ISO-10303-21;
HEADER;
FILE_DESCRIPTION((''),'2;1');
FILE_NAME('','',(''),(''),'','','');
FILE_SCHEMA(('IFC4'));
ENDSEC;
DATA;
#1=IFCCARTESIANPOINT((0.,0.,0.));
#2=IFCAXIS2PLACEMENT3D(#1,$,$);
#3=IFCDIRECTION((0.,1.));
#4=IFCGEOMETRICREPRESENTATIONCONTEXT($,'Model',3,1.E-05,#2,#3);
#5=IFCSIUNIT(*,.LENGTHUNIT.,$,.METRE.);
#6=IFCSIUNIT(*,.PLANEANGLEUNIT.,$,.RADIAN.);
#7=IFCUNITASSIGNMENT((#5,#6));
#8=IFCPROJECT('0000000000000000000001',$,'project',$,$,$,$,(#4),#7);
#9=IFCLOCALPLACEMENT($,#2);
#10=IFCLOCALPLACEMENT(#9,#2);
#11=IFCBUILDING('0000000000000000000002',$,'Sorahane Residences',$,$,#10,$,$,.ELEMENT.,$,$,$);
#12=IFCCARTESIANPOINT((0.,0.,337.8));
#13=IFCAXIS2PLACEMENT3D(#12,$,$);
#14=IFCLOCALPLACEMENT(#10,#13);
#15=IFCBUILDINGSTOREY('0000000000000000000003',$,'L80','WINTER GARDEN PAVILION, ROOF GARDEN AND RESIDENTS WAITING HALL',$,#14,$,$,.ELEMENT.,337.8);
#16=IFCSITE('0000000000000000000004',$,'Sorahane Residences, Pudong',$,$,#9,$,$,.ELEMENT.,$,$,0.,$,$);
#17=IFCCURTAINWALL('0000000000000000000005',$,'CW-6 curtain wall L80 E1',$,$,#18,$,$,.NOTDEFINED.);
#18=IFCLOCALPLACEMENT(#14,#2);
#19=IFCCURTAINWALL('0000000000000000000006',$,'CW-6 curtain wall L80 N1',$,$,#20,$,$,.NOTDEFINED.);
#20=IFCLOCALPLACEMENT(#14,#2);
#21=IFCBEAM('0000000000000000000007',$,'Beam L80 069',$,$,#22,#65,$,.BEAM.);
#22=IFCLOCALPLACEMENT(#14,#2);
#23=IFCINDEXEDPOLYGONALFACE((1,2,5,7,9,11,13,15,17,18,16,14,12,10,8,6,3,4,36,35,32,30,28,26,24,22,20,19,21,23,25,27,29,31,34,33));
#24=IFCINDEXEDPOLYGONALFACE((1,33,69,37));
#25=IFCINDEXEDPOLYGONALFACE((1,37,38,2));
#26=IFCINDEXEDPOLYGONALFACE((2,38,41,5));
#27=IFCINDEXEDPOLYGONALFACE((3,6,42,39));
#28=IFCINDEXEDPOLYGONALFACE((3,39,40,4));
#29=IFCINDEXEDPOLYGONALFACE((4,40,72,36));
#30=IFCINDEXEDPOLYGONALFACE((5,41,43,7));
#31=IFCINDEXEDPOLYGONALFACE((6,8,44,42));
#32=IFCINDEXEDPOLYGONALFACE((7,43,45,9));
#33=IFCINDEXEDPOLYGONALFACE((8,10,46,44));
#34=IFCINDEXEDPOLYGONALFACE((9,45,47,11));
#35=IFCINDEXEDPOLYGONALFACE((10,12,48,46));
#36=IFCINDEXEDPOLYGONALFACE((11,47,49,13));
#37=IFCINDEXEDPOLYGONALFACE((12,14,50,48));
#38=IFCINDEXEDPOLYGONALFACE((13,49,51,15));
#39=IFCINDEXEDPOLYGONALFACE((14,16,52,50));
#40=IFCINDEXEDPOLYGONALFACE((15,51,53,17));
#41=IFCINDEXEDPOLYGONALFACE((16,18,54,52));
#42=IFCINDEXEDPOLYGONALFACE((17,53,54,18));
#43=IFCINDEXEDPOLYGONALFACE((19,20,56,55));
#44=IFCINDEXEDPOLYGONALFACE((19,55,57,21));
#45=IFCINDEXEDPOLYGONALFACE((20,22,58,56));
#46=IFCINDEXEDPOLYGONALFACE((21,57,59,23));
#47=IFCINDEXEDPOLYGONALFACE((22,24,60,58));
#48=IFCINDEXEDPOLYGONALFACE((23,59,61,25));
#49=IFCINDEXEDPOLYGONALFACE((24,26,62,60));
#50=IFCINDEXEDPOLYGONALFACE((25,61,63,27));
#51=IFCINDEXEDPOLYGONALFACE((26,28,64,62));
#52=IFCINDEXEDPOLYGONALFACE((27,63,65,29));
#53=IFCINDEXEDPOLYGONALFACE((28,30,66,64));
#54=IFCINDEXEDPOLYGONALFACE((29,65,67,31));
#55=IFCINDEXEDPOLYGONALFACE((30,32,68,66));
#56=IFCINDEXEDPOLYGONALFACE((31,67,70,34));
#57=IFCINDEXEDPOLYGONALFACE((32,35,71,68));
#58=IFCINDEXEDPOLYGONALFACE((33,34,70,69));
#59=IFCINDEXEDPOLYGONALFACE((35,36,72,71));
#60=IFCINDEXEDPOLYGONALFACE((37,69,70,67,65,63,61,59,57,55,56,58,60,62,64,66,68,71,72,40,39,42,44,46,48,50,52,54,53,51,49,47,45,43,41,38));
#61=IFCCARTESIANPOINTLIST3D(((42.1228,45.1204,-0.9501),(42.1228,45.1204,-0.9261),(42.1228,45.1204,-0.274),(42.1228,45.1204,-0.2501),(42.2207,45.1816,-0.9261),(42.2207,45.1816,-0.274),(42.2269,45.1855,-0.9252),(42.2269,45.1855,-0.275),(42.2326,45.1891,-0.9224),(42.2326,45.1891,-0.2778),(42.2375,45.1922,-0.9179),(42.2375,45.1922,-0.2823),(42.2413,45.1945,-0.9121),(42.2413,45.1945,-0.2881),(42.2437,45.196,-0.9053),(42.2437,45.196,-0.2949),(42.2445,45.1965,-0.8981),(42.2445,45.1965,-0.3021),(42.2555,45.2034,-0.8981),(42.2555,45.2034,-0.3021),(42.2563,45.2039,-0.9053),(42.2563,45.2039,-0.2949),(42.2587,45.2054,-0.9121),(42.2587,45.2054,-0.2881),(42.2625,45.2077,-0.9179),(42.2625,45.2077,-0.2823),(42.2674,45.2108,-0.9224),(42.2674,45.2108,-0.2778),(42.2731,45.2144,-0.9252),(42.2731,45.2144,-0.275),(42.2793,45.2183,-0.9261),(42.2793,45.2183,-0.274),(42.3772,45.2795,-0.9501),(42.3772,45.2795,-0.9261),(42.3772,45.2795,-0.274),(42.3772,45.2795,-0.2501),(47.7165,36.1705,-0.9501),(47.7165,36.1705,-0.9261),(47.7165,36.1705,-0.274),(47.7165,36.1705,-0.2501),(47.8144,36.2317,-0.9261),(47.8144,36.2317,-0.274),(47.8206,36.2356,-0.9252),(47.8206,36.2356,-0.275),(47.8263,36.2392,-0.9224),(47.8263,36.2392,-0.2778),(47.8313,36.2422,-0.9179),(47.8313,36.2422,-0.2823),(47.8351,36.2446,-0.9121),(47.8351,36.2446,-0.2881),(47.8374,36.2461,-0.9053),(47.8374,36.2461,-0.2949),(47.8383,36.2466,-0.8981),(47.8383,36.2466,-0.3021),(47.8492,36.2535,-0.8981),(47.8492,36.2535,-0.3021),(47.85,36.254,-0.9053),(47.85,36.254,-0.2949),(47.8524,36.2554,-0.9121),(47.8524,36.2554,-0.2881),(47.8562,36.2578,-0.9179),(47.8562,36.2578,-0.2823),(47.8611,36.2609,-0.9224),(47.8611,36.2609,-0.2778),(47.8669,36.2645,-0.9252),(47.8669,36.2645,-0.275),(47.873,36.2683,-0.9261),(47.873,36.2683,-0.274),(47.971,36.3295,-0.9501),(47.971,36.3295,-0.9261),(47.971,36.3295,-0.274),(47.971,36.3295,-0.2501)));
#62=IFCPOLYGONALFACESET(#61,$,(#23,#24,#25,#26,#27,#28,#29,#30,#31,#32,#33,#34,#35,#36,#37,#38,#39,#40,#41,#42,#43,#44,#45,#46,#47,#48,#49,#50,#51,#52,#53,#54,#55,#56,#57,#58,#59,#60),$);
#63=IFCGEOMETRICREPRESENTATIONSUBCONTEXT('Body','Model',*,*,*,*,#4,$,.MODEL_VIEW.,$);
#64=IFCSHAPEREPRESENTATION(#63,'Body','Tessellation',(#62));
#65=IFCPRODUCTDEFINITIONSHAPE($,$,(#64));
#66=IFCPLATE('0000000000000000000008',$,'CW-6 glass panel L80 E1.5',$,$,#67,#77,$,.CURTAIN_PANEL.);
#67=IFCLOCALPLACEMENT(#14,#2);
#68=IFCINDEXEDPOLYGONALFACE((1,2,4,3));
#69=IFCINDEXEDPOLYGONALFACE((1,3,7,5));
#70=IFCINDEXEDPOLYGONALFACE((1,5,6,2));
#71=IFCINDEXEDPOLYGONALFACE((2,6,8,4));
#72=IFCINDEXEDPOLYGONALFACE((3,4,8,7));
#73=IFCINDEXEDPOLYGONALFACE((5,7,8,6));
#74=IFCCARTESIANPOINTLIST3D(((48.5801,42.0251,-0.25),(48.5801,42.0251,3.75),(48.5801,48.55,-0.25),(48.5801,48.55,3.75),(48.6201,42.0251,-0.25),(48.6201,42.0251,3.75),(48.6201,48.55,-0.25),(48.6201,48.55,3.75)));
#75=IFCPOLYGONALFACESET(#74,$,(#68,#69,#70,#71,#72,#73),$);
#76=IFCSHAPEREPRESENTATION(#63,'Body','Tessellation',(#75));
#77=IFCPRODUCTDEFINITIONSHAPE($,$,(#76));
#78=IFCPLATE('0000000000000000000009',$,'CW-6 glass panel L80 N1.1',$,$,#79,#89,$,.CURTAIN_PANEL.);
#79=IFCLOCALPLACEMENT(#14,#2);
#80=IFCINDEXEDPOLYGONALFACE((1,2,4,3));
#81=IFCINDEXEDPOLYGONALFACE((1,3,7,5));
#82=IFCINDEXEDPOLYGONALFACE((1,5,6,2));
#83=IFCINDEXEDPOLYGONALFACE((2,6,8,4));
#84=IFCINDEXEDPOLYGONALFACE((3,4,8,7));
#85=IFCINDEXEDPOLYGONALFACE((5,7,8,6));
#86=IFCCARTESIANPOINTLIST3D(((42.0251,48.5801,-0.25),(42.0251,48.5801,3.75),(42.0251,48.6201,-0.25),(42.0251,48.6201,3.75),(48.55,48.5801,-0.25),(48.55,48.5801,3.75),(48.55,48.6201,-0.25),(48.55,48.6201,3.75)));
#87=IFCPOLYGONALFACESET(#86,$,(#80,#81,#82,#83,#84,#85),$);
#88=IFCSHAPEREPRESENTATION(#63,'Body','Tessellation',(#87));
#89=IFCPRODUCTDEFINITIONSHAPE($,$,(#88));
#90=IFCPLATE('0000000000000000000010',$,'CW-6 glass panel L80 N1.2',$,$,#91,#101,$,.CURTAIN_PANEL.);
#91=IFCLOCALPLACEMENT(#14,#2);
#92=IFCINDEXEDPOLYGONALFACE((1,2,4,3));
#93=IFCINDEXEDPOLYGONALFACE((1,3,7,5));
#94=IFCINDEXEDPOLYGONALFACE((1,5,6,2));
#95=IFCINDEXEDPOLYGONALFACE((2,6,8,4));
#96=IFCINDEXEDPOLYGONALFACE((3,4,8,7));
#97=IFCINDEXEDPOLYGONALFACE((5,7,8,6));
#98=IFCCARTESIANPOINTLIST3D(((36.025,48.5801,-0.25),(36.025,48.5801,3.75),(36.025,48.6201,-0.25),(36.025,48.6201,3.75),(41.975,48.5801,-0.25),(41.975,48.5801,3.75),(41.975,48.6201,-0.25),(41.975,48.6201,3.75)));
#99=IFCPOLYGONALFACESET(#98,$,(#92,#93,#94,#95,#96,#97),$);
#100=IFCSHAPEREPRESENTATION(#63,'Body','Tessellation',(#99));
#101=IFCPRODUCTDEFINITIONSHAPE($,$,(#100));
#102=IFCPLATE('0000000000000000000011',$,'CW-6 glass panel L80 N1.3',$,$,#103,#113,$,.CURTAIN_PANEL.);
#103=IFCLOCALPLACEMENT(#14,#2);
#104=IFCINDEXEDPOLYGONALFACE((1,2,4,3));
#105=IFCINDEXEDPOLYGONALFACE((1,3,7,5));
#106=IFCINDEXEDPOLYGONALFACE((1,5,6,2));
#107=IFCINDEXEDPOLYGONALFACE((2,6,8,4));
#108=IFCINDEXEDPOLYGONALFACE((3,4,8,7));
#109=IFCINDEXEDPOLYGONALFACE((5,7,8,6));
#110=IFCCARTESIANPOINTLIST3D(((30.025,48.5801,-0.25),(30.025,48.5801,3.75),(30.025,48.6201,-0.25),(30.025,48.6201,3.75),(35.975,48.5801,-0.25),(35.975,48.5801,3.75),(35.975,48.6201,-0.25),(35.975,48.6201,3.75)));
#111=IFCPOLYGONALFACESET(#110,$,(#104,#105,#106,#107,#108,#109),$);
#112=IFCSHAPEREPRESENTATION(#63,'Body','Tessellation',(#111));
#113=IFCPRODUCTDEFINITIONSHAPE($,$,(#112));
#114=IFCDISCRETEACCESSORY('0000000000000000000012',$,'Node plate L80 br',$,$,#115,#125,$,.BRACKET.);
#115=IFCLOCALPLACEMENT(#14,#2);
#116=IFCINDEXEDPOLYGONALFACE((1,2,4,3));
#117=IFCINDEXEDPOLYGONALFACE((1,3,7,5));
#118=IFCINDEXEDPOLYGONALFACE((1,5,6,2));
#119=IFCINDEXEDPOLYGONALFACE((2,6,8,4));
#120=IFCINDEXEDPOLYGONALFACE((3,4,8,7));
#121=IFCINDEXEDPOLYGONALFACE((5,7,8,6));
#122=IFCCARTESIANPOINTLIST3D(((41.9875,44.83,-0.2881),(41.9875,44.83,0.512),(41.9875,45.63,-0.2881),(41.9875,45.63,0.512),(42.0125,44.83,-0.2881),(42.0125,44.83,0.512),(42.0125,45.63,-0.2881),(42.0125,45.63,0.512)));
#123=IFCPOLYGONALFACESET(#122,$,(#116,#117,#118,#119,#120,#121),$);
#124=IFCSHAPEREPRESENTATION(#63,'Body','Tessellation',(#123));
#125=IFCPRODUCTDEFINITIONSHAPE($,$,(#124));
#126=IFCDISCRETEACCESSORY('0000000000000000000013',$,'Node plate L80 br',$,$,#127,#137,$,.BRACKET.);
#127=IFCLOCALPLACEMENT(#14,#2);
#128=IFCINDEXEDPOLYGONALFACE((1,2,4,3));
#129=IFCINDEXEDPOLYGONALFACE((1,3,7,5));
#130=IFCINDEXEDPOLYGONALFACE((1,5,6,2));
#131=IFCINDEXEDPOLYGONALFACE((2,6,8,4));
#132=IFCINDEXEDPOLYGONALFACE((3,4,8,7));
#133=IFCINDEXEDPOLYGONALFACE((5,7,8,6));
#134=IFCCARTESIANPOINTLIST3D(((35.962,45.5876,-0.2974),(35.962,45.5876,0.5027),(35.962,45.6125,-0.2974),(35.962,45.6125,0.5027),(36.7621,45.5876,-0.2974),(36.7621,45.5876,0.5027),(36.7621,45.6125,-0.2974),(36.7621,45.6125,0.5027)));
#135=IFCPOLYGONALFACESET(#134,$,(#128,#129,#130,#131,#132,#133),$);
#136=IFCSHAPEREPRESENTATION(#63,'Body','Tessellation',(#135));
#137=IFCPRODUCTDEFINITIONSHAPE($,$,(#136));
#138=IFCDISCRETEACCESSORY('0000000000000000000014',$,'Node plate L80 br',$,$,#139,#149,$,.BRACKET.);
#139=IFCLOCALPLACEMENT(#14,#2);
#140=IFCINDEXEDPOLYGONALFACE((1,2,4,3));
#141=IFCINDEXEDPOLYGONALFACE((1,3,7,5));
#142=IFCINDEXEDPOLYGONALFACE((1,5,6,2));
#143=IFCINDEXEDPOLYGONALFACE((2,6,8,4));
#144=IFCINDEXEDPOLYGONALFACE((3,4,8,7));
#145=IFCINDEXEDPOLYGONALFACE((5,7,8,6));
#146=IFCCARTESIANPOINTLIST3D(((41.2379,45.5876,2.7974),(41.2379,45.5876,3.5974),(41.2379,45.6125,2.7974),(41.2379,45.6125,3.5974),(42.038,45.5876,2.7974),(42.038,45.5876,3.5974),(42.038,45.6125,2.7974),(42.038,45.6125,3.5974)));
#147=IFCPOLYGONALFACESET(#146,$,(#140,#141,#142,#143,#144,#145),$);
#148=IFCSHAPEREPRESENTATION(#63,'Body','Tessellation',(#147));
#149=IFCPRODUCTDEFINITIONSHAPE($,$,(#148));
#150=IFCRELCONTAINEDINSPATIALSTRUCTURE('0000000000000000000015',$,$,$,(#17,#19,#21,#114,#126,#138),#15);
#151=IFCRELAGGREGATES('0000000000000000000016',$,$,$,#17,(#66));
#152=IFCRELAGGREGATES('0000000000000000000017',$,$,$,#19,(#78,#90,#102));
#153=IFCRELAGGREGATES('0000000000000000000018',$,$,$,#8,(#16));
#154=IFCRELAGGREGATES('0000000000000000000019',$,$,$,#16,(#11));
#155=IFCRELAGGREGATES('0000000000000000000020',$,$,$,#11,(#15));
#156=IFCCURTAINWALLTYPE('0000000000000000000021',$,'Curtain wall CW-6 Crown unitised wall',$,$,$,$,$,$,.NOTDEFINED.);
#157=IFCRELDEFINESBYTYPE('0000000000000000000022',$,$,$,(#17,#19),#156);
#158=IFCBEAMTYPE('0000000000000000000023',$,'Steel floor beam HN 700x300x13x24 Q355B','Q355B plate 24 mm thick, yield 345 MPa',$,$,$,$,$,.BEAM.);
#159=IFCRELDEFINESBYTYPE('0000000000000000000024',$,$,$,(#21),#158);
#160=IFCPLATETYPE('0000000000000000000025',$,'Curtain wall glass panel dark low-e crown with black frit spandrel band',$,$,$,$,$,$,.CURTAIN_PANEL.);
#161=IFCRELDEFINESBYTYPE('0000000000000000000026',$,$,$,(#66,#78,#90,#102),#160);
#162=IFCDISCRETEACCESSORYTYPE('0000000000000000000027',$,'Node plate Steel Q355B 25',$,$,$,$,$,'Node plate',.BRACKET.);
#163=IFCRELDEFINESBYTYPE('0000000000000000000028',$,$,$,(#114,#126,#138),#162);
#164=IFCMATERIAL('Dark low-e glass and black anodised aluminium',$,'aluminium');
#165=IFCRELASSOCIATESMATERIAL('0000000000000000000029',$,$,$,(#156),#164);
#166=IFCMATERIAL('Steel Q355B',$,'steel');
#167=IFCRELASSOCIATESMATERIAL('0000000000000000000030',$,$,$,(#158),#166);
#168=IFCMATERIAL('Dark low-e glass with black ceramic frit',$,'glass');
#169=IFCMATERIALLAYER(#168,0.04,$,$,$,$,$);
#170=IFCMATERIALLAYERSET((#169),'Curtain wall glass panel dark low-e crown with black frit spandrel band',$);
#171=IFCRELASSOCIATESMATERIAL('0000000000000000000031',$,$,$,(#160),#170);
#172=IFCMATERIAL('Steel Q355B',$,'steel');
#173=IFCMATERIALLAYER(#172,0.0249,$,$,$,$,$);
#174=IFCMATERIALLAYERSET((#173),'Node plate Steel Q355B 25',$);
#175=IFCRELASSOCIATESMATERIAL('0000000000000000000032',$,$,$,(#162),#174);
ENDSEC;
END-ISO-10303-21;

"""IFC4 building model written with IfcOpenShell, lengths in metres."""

from ifc_helpers import new_model, si_unit, direction, frame, origin, origin_2d, place, context, subcontext, project, spatial, rectangle, i_section, extrude, material, layer, layer_set, material_profile, profile_set, type_object, element, aggregate, save


model = new_model("IFC4")

# Units and contexts
model_context = context("Model", 3, precision=1e-05, world=origin(), true_north=direction((0.0, 1.0)))
body_context = subcontext(model_context, "Body", "Model", "MODEL_VIEW")
ifc_project = project(units=[si_unit("LENGTHUNIT", "METRE"), si_unit("PLANEANGLEUNIT", "RADIAN")], contexts=[model_context])

# Site, building, storey
site_placement = place(None, origin())
site = spatial("IfcSite", under=ifc_project, at=site_placement, Name="Sorahane Residences, Pudong", CompositionType="ELEMENT", RefElevation=0.0)
building_placement = place(site_placement, origin())
building = spatial("IfcBuilding", under=site, at=building_placement, Name="Sorahane Residences", CompositionType="ELEMENT")
storey_placement = place(building_placement, frame((0.0, 0.0, 337.8)))
storey = spatial("IfcBuildingStorey", under=building, at=storey_placement, Name="L80", Description="WINTER GARDEN PAVILION, ROOF GARDEN AND RESIDENTS WAITING HALL", CompositionType="ELEMENT", Elevation=337.8)

# Curtain wall
ifc_material_1 = material(Name="Dark low-e glass and black anodised aluminium", Category="aluminium")
curtain_wall_type = type_object("IfcCurtainWallType", Name="Curtain wall CW-6 Crown unitised wall", PredefinedType="NOTDEFINED", material=ifc_material_1)
curtain_wall_1_placement = place(storey_placement, origin())
curtain_wall_1 = element("IfcCurtainWall", 1, at=curtain_wall_1_placement, inside=storey, type_object=curtain_wall_type, Name="CW-6 curtain wall L80 E1", PredefinedType="NOTDEFINED")

# Curtain wall
curtain_wall_2_placement = place(storey_placement, origin())
curtain_wall_2 = element("IfcCurtainWall", 2, at=curtain_wall_2_placement, inside=storey, type_object=curtain_wall_type, Name="CW-6 curtain wall L80 N1", PredefinedType="NOTDEFINED")

# Beam
ifc_material_2 = material(Name="Steel Q355B", Category="steel")
ifc_material_profile_1 = material_profile(ifc_material_2, i_section(OverallWidth=0.3, OverallDepth=0.7, WebThickness=0.0129, FlangeThickness=0.0239, FilletRadius=0.0281, at=origin_2d()), Name="HN 700x300x13x24")
ifc_profile_set_1 = profile_set([ifc_material_profile_1], Name="Steel Q355B")
beam_type_1 = type_object("IfcBeamType", Name="Steel floor beam HN 700x300x13x24 Q355B", Description="Q355B plate 24 mm thick, yield 345 MPa", PredefinedType="BEAM", material=ifc_profile_set_1)
beam_1_placement = place(storey_placement, frame((42.25, 45.2, -0.6001), z_axis=(0.530001, -0.847997, 0.0), x_axis=(0.847997, 0.530001, 0.0)))
element("IfcBeam", 3, at=beam_1_placement, inside=storey, type_object=beam_type_1, Name="Beam L80 069", PredefinedType="BEAM", context=body_context, shape_type="SweptSolid", body=[
    extrude(i_section(OverallWidth=0.3, OverallDepth=0.7, WebThickness=0.0129, FlangeThickness=0.0239, FilletRadius=0.0281, at=origin_2d()), origin(), (0.0, 0.0, 1.0), 10.5542),
])

# Plates
ifc_material_3 = material(Name="Dark low-e glass with black ceramic frit", Category="glass")
ifc_layer_1 = layer(ifc_material_3, 0.04)
ifc_layer_set_1 = layer_set([ifc_layer_1], Name="Curtain wall glass panel dark low-e crown with black frit spandrel band")
plate_type = type_object("IfcPlateType", Name="Curtain wall glass panel dark low-e crown with black frit spandrel band", PredefinedType="CURTAIN_PANEL", material=ifc_layer_set_1)
plate_1_placement = place(storey_placement, frame((48.6001, 45.2876, -0.25), z_axis=(0.0, 0.0, 1.0), x_axis=(0.0, 1.0, 0.0)))
plate_1 = element("IfcPlate", 4, at=plate_1_placement, type_object=plate_type, Name="CW-6 glass panel L80 E1.5", PredefinedType="CURTAIN_PANEL", context=body_context, shape_type="SweptSolid", body=[
    extrude(rectangle(XDim=6.5249, YDim=0.04, at=origin_2d()), origin(), (0.0, 0.0, 1.0), 4.0),
])
aggregate(curtain_wall_1, [plate_1])
plate_2_placement = place(storey_placement, frame((45.2876, 48.6001, -0.25), z_axis=(0.0, 0.0, 1.0), x_axis=(-1.0, 0.0, 0.0)))
plate_2 = element("IfcPlate", 5, at=plate_2_placement, type_object=plate_type, Name="CW-6 glass panel L80 N1.1", PredefinedType="CURTAIN_PANEL", context=body_context, shape_type="SweptSolid", body=[
    extrude(rectangle(XDim=6.5249, YDim=0.04, at=origin_2d()), origin(), (0.0, 0.0, 1.0), 4.0),
])
plate_3_placement = place(storey_placement, frame((39.0, 48.6001, -0.25), z_axis=(0.0, 0.0, 1.0), x_axis=(-1.0, 0.0, 0.0)))
plate_3 = element("IfcPlate", 6, at=plate_3_placement, type_object=plate_type, Name="CW-6 glass panel L80 N1.2", PredefinedType="CURTAIN_PANEL", context=body_context, shape_type="SweptSolid", body=[
    extrude(rectangle(XDim=5.95, YDim=0.04, at=origin_2d()), origin(), (0.0, 0.0, 1.0), 4.0),
])
plate_4_placement = place(storey_placement, frame((33.0, 48.6001, -0.25), z_axis=(0.0, 0.0, 1.0), x_axis=(-1.0, 0.0, 0.0)))
plate_4 = element("IfcPlate", 7, at=plate_4_placement, type_object=plate_type, Name="CW-6 glass panel L80 N1.3", PredefinedType="CURTAIN_PANEL", context=body_context, shape_type="SweptSolid", body=[
    extrude(rectangle(XDim=5.95, YDim=0.04, at=origin_2d()), origin(), (0.0, 0.0, 1.0), 4.0),
])
aggregate(curtain_wall_2, [plate_2, plate_3, plate_4])

# Discrete accessories
ifc_material_4 = material(Name="Steel Q355B", Category="steel")
ifc_layer_2 = layer(ifc_material_4, 0.0249)
ifc_layer_set_2 = layer_set([ifc_layer_2], Name="Node plate Steel Q355B 25")
discrete_accessory_type = type_object("IfcDiscreteAccessoryType", Name="Node plate Steel Q355B 25", ElementType="Node plate", PredefinedType="BRACKET", material=ifc_layer_set_2)
for number, where, z_axis, x_axis, name in (
    (8, (42.0, 45.23, -0.2881), (0.0, 0.0, 1.0), (0.0, 1.0, 0.0), "Node plate L80 br"),
    (9, (36.3621, 45.6001, -0.2974), (0.0, 0.0, 1.0), (1.0, 0.0, 0.0), "Node plate L80 br"),
    (10, (41.6379, 45.6001, 2.7974), (0.0, 0.0, 1.0), (1.0, 0.0, 0.0), "Node plate L80 br"),
):
    element("IfcDiscreteAccessory", number, at=place(storey_placement, frame(where, z_axis=z_axis, x_axis=x_axis)), inside=storey, type_object=discrete_accessory_type, Name=name, PredefinedType="BRACKET", context=body_context, shape_type="SweptSolid", body=[
        extrude(rectangle(XDim=0.8, YDim=0.0249, at=origin_2d()), origin(), (0.0, 0.0, 1.0), 0.8),
    ])

save(model, "model.ifc")
